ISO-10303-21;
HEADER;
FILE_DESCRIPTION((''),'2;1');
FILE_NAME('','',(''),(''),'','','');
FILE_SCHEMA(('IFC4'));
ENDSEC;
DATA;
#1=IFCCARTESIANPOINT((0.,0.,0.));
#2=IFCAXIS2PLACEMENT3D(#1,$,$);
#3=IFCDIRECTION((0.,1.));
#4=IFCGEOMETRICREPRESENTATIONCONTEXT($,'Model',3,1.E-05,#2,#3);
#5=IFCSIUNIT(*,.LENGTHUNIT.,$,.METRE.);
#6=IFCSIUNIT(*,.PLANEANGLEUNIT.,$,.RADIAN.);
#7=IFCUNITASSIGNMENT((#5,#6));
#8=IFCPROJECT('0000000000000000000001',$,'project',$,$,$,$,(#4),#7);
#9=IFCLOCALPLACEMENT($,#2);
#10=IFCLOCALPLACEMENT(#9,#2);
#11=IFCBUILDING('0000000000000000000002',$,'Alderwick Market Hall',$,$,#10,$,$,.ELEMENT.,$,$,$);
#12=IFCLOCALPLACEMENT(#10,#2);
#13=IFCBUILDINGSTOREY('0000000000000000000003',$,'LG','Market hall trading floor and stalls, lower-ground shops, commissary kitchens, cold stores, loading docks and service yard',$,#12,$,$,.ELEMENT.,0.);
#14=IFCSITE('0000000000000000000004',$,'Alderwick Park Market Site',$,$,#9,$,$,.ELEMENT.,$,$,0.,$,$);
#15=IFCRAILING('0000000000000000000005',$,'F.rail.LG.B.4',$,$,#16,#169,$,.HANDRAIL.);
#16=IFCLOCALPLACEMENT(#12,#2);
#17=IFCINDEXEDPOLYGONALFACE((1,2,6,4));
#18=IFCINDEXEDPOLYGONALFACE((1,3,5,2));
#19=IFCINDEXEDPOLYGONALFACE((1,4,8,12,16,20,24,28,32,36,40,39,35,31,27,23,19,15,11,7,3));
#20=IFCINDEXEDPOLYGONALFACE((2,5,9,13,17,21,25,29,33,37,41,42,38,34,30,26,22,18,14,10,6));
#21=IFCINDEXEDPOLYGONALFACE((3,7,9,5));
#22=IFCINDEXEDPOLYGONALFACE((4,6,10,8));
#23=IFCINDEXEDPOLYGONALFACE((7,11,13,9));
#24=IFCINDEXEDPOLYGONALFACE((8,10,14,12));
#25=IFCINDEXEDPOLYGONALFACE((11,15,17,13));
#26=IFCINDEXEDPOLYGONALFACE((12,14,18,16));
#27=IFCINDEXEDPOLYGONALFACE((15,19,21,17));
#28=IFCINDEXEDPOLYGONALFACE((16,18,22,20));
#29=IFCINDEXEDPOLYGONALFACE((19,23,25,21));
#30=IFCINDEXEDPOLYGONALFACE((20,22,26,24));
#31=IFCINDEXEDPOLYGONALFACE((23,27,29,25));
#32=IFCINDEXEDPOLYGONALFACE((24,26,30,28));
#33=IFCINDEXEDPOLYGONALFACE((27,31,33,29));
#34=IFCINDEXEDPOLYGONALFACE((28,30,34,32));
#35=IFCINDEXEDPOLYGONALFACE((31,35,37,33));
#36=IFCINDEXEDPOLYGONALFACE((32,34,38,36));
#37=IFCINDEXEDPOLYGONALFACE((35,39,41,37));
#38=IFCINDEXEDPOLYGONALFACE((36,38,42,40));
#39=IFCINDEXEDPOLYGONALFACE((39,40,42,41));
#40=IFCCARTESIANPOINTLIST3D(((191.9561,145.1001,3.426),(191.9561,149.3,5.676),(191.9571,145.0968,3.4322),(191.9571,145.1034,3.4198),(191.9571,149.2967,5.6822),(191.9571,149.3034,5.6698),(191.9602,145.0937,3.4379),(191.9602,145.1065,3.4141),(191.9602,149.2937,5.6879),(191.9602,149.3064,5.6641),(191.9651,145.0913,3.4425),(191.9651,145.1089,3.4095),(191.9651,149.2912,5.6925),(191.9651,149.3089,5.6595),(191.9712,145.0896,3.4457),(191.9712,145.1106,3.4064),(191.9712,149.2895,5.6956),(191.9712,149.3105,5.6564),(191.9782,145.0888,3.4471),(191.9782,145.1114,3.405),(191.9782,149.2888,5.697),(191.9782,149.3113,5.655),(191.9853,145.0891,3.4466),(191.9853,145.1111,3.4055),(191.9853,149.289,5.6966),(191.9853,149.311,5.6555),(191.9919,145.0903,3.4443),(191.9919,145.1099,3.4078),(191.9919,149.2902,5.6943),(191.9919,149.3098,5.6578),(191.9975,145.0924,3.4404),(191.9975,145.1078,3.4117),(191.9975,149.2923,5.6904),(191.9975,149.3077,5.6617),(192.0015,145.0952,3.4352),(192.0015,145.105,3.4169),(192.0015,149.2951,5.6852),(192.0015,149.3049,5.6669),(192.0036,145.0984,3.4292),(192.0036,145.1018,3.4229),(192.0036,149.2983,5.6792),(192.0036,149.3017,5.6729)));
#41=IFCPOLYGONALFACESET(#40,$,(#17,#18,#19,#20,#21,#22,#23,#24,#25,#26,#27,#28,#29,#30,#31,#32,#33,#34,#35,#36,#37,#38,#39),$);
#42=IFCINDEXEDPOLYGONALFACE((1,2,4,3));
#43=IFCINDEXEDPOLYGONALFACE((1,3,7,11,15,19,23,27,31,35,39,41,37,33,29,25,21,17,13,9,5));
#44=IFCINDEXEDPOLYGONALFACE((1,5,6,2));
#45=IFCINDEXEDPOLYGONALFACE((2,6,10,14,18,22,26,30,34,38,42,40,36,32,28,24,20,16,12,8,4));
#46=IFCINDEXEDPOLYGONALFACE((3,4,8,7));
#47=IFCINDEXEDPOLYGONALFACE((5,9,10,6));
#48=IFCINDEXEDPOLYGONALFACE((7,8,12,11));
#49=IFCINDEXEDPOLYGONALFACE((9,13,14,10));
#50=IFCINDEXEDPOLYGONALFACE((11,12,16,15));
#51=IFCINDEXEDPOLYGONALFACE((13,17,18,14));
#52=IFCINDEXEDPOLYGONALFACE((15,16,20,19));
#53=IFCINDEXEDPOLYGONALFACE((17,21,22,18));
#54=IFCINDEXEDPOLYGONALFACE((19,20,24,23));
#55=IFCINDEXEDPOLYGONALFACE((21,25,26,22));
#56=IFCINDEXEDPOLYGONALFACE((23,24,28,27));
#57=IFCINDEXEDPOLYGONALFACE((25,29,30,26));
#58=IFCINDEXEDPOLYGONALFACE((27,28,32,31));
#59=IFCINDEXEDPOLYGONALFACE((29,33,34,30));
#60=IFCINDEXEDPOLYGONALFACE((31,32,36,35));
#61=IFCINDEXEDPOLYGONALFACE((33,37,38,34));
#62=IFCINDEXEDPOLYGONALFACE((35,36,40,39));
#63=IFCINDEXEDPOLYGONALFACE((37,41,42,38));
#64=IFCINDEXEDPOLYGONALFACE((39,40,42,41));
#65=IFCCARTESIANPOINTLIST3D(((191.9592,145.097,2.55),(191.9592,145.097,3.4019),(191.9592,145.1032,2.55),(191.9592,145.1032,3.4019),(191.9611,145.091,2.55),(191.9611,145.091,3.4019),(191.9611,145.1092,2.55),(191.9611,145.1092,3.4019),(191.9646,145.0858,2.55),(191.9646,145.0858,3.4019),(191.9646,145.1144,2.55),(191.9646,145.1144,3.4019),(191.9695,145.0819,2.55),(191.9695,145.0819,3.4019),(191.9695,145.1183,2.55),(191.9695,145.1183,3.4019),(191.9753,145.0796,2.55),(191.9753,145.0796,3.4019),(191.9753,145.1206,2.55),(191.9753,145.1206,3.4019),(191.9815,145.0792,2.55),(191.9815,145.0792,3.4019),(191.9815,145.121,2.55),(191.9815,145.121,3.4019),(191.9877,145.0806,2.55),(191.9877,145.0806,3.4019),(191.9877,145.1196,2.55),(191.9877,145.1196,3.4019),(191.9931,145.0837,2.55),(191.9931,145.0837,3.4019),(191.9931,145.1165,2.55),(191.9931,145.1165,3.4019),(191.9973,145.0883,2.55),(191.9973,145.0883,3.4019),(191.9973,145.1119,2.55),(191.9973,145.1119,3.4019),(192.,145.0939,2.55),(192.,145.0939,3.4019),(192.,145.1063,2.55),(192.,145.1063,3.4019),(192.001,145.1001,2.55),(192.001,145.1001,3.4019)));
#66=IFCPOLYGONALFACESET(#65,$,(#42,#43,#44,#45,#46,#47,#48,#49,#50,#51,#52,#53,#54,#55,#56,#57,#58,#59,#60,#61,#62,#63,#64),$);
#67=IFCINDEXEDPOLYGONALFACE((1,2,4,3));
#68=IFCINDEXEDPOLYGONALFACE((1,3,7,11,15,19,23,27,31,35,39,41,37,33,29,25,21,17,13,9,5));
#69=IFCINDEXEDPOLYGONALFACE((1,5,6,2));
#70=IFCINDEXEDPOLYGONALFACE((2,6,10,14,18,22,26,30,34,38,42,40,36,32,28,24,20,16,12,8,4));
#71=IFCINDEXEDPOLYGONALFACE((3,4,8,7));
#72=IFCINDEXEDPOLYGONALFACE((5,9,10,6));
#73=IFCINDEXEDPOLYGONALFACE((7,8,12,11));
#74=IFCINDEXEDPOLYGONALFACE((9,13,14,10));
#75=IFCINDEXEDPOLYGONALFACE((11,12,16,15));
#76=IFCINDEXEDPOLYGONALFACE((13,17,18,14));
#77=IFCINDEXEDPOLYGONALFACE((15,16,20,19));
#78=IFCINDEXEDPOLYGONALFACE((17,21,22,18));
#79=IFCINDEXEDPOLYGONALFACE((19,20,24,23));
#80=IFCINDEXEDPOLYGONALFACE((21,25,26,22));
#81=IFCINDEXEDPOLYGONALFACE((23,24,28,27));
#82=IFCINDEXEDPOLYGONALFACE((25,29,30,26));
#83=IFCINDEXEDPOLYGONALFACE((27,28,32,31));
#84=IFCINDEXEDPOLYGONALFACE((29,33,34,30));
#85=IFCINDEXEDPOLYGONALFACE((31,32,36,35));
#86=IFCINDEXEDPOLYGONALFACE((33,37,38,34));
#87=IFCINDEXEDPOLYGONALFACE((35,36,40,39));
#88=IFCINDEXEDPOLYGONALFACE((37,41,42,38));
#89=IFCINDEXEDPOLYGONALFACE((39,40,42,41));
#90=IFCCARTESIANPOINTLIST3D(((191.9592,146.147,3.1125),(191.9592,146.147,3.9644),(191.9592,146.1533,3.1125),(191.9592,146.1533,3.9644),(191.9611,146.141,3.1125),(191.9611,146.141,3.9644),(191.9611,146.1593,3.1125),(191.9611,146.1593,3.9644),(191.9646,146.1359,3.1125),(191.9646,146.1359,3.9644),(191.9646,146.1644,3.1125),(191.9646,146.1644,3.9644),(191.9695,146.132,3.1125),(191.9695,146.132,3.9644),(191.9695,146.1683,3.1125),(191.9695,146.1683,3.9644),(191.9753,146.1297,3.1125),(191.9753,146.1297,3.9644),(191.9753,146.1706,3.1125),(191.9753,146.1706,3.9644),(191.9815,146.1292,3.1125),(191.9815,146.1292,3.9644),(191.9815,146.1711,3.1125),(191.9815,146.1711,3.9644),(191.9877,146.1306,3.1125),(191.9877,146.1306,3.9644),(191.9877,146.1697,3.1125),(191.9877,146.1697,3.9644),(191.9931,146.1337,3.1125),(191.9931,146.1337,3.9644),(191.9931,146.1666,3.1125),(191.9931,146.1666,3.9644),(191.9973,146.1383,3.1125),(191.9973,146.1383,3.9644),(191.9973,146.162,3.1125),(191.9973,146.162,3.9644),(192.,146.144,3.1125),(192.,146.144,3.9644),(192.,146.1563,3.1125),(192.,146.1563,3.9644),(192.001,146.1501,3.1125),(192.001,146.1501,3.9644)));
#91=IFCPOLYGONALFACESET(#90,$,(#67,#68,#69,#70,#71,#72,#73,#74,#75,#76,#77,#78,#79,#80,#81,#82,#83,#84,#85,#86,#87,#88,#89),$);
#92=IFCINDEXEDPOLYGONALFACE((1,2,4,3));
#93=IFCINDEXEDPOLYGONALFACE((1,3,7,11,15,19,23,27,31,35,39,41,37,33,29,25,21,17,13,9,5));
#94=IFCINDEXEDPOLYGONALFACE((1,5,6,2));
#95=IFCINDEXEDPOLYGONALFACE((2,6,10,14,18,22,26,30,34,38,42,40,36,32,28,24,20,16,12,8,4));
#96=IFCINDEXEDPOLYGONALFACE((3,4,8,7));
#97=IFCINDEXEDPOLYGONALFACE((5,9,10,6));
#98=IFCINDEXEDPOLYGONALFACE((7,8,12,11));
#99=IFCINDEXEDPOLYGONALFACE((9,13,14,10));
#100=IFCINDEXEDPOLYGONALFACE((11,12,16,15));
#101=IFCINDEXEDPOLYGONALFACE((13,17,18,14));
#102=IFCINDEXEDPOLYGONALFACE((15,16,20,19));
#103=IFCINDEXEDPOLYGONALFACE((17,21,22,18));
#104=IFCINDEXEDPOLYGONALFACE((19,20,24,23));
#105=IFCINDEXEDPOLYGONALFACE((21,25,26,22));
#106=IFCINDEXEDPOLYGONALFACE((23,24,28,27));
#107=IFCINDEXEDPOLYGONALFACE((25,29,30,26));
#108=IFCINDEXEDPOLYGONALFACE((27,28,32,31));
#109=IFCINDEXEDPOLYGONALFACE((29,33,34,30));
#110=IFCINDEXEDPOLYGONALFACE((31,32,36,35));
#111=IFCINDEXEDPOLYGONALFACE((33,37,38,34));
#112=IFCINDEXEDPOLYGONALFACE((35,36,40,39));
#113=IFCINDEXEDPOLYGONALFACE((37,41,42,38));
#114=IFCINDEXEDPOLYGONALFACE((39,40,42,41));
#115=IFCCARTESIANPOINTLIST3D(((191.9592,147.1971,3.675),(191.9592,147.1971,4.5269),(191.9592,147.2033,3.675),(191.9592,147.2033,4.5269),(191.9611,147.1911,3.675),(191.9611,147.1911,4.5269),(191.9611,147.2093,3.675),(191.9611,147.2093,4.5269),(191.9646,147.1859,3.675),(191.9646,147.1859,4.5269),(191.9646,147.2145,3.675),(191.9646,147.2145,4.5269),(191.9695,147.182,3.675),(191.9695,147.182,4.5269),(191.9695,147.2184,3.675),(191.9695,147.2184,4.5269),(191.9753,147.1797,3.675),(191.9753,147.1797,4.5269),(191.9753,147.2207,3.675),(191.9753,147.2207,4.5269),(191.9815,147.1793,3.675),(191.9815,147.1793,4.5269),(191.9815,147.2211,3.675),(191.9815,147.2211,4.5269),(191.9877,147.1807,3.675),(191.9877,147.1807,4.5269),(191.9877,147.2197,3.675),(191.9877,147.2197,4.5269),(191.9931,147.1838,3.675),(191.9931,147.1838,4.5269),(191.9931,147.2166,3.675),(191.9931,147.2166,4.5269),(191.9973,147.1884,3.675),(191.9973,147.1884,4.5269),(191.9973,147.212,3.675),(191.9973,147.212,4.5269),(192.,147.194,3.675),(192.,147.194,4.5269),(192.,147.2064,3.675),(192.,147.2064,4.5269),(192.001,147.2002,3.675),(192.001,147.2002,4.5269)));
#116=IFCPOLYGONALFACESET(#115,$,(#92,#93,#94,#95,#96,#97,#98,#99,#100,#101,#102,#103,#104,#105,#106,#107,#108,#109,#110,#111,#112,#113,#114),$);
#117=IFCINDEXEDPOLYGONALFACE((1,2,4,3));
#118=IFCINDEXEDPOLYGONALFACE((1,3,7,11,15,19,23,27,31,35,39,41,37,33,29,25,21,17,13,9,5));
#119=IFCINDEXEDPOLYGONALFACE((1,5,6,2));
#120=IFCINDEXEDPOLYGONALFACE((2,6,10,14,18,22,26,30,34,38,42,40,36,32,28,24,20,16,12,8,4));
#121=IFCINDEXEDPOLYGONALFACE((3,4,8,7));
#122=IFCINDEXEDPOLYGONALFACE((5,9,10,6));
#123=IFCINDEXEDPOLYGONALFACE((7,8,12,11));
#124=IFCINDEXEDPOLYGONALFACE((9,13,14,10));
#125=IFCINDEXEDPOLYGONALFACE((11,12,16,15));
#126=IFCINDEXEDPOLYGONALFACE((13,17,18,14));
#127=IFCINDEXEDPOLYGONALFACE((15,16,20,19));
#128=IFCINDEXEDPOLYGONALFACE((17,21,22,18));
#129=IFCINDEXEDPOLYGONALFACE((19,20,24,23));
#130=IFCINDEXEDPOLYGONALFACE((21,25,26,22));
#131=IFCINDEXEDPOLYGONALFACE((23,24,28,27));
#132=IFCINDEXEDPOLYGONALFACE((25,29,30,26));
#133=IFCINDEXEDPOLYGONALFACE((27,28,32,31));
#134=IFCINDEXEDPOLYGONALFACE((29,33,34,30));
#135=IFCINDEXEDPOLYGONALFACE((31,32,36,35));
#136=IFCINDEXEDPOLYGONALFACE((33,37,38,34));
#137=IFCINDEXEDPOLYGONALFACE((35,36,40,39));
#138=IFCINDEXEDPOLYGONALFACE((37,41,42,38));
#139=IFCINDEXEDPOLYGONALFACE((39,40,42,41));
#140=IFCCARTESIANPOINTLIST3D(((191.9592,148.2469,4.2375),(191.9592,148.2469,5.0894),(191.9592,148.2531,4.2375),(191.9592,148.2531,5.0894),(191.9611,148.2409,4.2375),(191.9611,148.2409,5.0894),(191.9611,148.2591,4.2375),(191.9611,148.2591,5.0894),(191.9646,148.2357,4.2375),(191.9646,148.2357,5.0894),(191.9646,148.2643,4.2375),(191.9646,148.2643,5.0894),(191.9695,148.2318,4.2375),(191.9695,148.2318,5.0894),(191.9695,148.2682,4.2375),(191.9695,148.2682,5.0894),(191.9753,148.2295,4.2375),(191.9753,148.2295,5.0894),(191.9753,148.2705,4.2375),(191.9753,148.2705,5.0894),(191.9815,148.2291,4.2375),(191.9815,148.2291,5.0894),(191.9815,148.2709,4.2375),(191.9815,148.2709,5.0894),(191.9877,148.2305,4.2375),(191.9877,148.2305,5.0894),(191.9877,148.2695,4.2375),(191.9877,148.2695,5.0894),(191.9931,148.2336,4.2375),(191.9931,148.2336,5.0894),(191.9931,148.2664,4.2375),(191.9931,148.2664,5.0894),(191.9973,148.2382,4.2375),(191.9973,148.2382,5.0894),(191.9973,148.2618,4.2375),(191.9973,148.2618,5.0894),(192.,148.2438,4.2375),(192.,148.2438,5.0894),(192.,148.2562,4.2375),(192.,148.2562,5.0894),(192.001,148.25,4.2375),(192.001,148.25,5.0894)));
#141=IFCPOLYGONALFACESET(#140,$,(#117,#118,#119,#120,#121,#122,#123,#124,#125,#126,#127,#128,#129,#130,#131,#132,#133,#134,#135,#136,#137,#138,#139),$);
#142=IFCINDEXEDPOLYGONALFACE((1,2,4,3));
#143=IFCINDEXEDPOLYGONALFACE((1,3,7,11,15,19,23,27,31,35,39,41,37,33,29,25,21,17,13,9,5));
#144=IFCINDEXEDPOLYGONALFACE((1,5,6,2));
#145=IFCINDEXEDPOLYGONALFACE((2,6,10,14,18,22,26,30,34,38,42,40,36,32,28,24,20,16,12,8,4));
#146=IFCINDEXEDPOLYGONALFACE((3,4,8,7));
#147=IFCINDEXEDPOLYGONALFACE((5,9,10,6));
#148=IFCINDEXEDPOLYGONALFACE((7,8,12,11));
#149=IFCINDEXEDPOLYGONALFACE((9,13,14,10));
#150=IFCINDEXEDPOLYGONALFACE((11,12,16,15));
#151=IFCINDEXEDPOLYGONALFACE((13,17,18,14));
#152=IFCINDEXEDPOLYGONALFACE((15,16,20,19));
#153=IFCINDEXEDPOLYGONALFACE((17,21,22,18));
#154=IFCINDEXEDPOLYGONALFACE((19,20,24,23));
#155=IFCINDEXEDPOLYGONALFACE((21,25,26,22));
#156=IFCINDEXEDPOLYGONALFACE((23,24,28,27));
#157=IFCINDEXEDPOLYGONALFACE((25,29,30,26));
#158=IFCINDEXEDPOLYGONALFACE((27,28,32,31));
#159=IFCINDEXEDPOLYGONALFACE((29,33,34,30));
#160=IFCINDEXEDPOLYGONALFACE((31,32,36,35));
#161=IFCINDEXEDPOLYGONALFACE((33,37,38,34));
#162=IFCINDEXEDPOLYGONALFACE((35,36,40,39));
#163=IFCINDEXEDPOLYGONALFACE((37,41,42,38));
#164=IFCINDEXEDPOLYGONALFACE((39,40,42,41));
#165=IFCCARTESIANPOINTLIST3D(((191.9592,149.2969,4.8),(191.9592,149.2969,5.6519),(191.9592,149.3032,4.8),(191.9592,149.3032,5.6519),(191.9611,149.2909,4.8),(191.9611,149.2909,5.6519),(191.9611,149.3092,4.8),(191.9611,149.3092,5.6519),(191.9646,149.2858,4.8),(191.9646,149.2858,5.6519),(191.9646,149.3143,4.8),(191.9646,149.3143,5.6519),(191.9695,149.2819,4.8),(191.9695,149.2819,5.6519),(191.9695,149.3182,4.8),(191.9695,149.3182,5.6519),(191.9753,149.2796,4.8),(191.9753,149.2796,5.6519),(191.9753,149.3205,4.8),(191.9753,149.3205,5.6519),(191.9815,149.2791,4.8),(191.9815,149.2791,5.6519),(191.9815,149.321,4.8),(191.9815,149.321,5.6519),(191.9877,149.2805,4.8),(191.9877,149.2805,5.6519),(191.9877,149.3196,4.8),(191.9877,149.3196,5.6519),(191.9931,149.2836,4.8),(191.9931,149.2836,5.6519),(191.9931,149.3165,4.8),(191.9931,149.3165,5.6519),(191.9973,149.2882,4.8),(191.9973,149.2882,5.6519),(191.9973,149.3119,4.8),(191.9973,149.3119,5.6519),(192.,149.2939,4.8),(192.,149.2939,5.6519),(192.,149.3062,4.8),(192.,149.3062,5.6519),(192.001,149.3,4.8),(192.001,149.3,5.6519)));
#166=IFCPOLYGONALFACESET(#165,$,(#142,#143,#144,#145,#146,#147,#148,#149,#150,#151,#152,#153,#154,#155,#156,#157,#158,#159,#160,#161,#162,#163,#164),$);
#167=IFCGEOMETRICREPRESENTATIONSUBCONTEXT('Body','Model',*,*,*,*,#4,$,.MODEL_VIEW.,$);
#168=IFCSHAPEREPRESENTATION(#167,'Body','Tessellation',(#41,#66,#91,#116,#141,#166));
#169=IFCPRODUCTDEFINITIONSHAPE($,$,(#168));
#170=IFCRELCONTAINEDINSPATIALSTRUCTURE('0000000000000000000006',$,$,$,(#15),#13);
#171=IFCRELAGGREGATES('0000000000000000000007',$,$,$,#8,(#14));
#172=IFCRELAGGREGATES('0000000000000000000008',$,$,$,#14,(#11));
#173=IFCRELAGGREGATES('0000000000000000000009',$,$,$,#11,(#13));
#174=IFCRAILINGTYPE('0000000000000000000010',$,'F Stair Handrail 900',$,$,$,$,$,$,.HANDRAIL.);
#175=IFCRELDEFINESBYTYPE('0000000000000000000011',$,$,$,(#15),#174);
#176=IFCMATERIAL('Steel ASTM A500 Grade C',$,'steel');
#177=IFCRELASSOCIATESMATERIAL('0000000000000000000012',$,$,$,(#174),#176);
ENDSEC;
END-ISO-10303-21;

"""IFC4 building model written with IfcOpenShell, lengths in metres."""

from ifc_helpers import new_model, si_unit, direction, frame, origin, origin_2d, place, context, subcontext, project, spatial, circle, extrude, material, type_object, element, save


model = new_model("IFC4")

# Units and contexts
model_context = context("Model", 3, precision=1e-05, world=origin(), true_north=direction((0.0, 1.0)))
body_context = subcontext(model_context, "Body", "Model", "MODEL_VIEW")
ifc_project = project(units=[si_unit("LENGTHUNIT", "METRE"), si_unit("PLANEANGLEUNIT", "RADIAN")], contexts=[model_context])

# Site, building, storey
site_placement = place(None, origin())
site = spatial("IfcSite", under=ifc_project, at=site_placement, Name="Alderwick Park Market Site", CompositionType="ELEMENT", RefElevation=0.0)
building_placement = place(site_placement, origin())
building = spatial("IfcBuilding", under=site, at=building_placement, Name="Alderwick Market Hall", CompositionType="ELEMENT")
storey_placement = place(building_placement, origin())
storey = spatial("IfcBuildingStorey", under=building, at=storey_placement, Name="LG", Description="Market hall trading floor and stalls, lower-ground shops, commissary kitchens, cold stores, loading docks and service yard", CompositionType="ELEMENT", Elevation=0.0)

# Railing
ifc_material_1 = material(Name="Steel ASTM A500 Grade C", Category="steel")
railing_type = type_object("IfcRailingType", Name="F Stair Handrail 900", PredefinedType="HANDRAIL", material=ifc_material_1)
for number, where, name in (
    (1, (191.98, 145.1001, 2.55), "F.rail.LG.B.4"),
):
    element("IfcRailing", number, at=place(storey_placement, frame(where)), inside=storey, type_object=railing_type, Name=name, PredefinedType="HANDRAIL", context=body_context, shape_type="SweptSolid", body=[
        extrude(circle(Radius=0.0239, at=origin_2d()), frame((0.0, 0.0, 0.876), z_axis=(0.0, 0.881478, 0.472226), x_axis=(-1.0, 0.0, 0.0)), (0.0, 0.0, 1.0), 4.7646),
        extrude(circle(Radius=0.021, at=origin_2d()), origin(), (0.0, 0.0, 1.0), 0.8518),
        extrude(circle(Radius=0.021, at=origin_2d()), frame((0.0, 1.05, 0.5625)), (0.0, 0.0, 1.0), 0.8518),
        extrude(circle(Radius=0.021, at=origin_2d()), frame((0.0, 2.1001, 1.125)), (0.0, 0.0, 1.0), 0.8518),
        extrude(circle(Radius=0.021, at=origin_2d()), frame((0.0, 3.1499, 1.6875)), (0.0, 0.0, 1.0), 0.8518),
        extrude(circle(Radius=0.021, at=origin_2d()), frame((0.0, 4.2, 2.25)), (0.0, 0.0, 1.0), 0.8518),
    ])

save(model, "model.ifc")
